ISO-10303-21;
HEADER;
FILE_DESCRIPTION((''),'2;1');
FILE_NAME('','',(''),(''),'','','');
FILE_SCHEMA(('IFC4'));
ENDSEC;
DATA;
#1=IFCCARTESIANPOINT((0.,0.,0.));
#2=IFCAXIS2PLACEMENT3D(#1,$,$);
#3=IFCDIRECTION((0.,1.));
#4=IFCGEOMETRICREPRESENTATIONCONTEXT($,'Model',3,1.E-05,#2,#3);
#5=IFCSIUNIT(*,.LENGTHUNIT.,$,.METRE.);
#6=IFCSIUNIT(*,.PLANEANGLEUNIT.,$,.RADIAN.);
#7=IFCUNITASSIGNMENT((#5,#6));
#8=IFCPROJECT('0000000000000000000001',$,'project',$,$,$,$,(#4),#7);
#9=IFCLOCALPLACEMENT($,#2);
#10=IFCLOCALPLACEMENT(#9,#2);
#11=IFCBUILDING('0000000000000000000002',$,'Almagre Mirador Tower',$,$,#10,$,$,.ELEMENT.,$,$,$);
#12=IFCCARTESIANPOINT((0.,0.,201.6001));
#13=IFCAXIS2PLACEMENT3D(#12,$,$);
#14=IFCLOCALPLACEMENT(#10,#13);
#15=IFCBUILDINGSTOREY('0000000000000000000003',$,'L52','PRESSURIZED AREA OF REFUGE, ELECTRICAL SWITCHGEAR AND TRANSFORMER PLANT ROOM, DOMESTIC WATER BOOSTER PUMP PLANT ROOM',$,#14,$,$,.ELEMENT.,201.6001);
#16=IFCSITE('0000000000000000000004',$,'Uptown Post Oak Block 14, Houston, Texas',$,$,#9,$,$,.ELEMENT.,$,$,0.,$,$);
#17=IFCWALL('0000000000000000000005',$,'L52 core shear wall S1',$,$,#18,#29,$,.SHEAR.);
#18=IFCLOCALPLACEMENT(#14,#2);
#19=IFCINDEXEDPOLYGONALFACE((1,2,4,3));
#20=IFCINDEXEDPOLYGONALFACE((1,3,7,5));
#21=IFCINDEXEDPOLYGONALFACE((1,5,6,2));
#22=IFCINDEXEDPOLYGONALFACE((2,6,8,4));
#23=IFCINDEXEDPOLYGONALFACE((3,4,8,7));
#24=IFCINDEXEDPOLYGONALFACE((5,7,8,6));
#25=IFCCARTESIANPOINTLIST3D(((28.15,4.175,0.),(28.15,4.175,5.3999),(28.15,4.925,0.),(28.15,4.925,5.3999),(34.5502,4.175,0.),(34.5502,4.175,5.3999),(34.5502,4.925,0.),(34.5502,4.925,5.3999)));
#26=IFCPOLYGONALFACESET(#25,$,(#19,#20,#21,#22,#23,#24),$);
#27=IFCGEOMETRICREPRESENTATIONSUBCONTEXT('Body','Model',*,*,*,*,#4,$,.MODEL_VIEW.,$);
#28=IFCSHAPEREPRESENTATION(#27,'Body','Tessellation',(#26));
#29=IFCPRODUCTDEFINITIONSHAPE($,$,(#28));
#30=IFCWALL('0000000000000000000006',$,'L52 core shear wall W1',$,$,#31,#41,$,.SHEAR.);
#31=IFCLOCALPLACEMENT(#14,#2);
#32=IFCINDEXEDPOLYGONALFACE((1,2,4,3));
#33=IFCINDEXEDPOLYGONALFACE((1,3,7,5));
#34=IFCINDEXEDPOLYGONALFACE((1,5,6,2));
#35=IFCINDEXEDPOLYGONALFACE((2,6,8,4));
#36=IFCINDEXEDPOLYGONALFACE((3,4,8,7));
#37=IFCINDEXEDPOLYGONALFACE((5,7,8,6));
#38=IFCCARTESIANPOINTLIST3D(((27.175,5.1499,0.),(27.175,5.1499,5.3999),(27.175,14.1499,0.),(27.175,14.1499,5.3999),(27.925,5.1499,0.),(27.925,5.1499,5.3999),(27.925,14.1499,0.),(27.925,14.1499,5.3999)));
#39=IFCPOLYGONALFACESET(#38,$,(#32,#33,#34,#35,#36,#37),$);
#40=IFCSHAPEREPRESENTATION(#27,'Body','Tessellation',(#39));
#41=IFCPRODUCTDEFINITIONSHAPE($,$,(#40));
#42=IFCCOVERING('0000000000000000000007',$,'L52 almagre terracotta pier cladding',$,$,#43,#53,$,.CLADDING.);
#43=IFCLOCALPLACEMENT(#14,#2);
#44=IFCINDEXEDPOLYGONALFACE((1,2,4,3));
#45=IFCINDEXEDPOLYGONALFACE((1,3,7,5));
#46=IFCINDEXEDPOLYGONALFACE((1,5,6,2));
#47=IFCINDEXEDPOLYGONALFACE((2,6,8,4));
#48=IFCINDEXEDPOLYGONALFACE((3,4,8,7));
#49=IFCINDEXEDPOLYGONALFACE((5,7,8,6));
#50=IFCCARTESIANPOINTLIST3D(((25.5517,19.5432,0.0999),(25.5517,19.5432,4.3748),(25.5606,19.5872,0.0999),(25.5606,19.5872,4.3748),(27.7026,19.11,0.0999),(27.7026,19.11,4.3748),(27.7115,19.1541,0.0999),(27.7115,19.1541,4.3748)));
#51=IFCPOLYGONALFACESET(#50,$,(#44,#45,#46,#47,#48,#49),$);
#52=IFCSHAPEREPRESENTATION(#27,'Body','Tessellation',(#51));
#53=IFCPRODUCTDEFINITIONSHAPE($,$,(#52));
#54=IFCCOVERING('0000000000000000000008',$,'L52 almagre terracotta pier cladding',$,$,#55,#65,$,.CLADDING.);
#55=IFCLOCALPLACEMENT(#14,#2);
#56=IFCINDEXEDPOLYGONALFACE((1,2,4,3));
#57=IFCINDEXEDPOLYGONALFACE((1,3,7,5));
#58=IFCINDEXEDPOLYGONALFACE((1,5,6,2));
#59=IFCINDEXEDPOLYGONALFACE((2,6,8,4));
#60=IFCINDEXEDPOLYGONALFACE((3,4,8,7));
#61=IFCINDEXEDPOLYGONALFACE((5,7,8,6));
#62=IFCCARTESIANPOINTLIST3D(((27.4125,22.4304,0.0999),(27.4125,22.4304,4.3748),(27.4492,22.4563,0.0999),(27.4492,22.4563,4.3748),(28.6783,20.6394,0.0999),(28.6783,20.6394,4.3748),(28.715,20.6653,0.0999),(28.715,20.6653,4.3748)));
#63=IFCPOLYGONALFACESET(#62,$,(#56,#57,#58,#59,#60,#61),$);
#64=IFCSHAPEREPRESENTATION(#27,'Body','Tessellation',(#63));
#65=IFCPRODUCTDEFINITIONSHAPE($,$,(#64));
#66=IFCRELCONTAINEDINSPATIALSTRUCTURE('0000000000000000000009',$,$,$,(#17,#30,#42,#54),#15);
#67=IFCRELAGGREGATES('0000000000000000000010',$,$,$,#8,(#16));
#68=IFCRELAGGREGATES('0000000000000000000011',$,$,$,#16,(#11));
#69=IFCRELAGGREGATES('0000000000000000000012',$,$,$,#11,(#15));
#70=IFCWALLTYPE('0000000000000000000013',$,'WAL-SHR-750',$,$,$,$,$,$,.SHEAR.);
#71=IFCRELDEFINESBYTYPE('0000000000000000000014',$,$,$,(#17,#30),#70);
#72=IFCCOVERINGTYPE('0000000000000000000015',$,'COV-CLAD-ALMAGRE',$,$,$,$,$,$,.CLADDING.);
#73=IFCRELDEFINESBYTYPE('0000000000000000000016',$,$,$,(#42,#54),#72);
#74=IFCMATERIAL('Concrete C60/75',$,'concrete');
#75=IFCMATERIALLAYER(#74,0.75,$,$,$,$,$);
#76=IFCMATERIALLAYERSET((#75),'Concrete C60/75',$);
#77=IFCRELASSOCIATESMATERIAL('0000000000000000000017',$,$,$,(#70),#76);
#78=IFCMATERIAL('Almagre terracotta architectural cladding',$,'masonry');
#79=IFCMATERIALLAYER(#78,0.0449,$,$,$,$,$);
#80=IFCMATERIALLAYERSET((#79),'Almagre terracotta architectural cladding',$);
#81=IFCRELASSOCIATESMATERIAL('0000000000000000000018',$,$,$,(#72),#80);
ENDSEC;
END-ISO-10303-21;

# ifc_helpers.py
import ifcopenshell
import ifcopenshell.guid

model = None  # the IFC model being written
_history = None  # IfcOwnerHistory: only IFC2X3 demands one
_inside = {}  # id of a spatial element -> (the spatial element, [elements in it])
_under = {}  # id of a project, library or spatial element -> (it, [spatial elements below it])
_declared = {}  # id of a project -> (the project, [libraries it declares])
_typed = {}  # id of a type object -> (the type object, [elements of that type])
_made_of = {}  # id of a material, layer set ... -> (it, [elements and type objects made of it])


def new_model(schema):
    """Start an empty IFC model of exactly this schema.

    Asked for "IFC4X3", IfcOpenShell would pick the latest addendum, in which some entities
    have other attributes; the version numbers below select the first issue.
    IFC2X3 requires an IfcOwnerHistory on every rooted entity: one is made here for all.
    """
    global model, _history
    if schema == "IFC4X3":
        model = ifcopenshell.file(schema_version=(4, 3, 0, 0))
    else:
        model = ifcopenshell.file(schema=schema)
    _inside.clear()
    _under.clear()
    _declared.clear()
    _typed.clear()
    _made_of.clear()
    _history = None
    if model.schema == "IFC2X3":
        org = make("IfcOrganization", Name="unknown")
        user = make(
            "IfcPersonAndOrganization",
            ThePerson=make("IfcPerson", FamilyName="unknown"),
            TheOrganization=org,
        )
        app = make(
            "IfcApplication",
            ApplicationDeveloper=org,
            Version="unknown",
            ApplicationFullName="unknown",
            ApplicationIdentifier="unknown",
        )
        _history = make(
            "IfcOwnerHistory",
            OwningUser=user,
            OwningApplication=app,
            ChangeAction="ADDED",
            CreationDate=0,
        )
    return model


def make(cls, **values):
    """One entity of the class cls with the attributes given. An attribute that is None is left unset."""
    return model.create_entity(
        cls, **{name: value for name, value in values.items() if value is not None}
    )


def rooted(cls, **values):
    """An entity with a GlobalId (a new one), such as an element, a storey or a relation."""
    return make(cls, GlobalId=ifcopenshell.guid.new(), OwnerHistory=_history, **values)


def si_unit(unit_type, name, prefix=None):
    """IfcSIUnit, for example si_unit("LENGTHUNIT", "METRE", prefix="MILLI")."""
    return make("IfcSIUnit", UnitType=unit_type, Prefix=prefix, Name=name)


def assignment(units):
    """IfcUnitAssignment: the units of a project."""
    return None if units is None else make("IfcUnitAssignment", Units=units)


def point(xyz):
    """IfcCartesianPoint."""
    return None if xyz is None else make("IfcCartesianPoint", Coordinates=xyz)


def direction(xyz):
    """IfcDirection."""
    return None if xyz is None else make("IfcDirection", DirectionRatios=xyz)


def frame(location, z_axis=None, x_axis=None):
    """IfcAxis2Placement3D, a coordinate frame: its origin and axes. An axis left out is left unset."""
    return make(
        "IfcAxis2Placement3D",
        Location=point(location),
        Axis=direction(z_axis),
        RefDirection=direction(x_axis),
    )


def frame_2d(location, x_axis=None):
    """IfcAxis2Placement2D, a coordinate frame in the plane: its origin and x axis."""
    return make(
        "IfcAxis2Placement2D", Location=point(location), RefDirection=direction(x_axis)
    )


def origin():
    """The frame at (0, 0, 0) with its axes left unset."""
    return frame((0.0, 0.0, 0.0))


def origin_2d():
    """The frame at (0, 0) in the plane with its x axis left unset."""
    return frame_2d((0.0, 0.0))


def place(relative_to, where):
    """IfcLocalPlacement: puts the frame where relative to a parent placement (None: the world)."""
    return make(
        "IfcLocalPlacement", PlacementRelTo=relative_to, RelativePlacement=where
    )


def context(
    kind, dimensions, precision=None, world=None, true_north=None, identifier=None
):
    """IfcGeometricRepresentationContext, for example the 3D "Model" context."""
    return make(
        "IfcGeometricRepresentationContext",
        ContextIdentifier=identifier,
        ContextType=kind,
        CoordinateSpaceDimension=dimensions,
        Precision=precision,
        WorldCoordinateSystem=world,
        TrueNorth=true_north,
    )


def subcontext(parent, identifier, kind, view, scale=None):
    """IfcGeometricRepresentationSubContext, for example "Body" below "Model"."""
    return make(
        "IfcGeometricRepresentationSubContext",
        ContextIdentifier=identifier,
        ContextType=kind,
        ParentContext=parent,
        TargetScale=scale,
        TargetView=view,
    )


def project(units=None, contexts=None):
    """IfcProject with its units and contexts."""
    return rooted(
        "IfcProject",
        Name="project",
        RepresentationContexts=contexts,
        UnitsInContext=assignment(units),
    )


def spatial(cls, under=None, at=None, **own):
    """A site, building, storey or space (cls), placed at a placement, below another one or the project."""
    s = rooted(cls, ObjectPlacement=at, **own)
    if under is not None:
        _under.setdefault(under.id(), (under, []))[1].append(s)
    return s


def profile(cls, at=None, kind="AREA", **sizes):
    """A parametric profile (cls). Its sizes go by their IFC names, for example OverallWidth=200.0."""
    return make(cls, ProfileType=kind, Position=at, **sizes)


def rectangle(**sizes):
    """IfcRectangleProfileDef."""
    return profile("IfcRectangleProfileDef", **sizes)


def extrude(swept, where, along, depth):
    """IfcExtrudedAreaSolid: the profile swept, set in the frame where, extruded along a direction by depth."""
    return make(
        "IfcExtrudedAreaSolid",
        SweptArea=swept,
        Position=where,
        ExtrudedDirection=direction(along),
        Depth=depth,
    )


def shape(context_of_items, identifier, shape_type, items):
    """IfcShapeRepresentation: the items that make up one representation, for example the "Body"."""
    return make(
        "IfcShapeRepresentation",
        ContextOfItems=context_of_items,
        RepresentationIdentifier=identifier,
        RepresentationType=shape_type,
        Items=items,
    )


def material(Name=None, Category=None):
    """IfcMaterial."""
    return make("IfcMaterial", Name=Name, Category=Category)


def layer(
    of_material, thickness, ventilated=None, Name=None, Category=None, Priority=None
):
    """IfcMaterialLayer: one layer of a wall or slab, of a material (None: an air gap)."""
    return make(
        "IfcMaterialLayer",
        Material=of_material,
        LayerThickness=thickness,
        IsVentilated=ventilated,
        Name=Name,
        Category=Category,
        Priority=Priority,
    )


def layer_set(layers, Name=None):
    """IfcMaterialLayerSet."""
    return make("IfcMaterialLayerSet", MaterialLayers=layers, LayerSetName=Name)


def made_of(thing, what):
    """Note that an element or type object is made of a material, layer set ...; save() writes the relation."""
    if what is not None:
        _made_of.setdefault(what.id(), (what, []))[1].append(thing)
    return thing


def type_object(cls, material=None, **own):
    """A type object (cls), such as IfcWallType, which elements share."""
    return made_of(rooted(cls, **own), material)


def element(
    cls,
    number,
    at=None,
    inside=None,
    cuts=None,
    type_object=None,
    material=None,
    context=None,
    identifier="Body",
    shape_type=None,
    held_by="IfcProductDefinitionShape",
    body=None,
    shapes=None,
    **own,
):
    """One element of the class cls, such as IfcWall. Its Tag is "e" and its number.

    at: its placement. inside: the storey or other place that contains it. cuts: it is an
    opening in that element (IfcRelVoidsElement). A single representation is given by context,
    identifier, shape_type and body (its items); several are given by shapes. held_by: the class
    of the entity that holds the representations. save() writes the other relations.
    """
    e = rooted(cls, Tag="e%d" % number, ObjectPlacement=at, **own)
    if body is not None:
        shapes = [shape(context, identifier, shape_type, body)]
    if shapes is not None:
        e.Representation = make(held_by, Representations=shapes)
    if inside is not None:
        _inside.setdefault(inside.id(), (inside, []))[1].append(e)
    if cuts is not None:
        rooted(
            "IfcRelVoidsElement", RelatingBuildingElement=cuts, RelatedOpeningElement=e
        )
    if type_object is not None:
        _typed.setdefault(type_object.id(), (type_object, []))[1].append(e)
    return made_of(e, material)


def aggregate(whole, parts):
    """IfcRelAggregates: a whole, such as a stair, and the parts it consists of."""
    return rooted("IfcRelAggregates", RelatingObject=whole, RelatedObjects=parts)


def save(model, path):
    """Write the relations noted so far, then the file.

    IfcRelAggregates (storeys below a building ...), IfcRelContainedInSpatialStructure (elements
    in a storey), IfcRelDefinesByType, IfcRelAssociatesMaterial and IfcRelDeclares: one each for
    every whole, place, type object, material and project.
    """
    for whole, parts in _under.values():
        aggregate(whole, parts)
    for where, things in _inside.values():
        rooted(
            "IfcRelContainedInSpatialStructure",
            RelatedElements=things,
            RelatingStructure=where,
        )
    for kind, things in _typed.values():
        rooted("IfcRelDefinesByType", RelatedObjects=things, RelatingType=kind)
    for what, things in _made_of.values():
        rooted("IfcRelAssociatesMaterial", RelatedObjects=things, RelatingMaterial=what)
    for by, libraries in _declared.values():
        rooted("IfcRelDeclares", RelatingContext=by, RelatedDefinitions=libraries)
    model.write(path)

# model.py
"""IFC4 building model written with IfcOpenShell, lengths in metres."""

from ifc_helpers import new_model, si_unit, direction, frame, frame_2d, origin, origin_2d, place, context, subcontext, project, spatial, rectangle, extrude, material, layer, layer_set, type_object, element, save


model = new_model("IFC4")

# Units and contexts
model_context = context("Model", 3, precision=1e-05, world=origin(), true_north=direction((0.0, 1.0)))
body_context = subcontext(model_context, "Body", "Model", "MODEL_VIEW")
ifc_project = project(units=[si_unit("LENGTHUNIT", "METRE"), si_unit("PLANEANGLEUNIT", "RADIAN")], contexts=[model_context])

# Site, building, storey
site_placement = place(None, origin())
site = spatial("IfcSite", under=ifc_project, at=site_placement, Name="Uptown Post Oak Block 14, Houston, Texas", CompositionType="ELEMENT", RefElevation=0.0)
building_placement = place(site_placement, origin())
building = spatial("IfcBuilding", under=site, at=building_placement, Name="Almagre Mirador Tower", CompositionType="ELEMENT")
storey_placement = place(building_placement, frame((0.0, 0.0, 201.6001)))
storey = spatial("IfcBuildingStorey", under=building, at=storey_placement, Name="L52", Description="PRESSURIZED AREA OF REFUGE, ELECTRICAL SWITCHGEAR AND TRANSFORMER PLANT ROOM, DOMESTIC WATER BOOSTER PUMP PLANT ROOM", CompositionType="ELEMENT", Elevation=201.6001)

# Wall
ifc_material_1 = material(Name="Concrete C60/75", Category="concrete")
ifc_layer_1 = layer(ifc_material_1, 0.75)
ifc_layer_set_1 = layer_set([ifc_layer_1], Name="Concrete C60/75")
wall_type_1 = type_object("IfcWallType", Name="WAL-SHR-750", PredefinedType="SHEAR", material=ifc_layer_set_1)
wall_1_placement = place(storey_placement, frame((28.1499, 4.55, 0.0), z_axis=(0.0, 0.0, 1.0), x_axis=(1.0, 0.0, 0.0)))
element("IfcWall", 1, at=wall_1_placement, inside=storey, type_object=wall_type_1, Name="L52 core shear wall S1", PredefinedType="SHEAR", context=body_context, shape_type="SweptSolid", body=[
    extrude(rectangle(XDim=6.4001, YDim=0.75, at=frame_2d((3.2002, 0.0))), origin(), (0.0, 0.0, 1.0), 5.3999),
])

# Wall
wall_2_placement = place(storey_placement, frame((27.55, 5.1499, 0.0), z_axis=(0.0, 0.0, 1.0), x_axis=(0.0, 1.0, 0.0)))
element("IfcWall", 2, at=wall_2_placement, inside=storey, type_object=wall_type_1, Name="L52 core shear wall W1", PredefinedType="SHEAR", context=body_context, shape_type="SweptSolid", body=[
    extrude(rectangle(XDim=9.0, YDim=0.75, at=frame_2d((4.5, 0.0))), origin(), (0.0, 0.0, 1.0), 5.3999),
])

# Coverings
ifc_material_2 = material(Name="Almagre terracotta architectural cladding", Category="masonry")
ifc_layer_2 = layer(ifc_material_2, 0.0449)
ifc_layer_set_2 = layer_set([ifc_layer_2], Name="Almagre terracotta architectural cladding")
covering_type = type_object("IfcCoveringType", Name="COV-CLAD-ALMAGRE", PredefinedType="CLADDING", material=ifc_layer_set_2)
covering_1_placement = place(storey_placement, frame((26.6316, 19.3486, 0.0999), z_axis=(0.0, 0.0, 1.0), x_axis=(0.980319, -0.197418, 0.0)))
element("IfcCovering", 3, at=covering_1_placement, inside=storey, type_object=covering_type, Name="L52 almagre terracotta pier cladding", PredefinedType="CLADDING", context=body_context, shape_type="SweptSolid", body=[
    extrude(rectangle(XDim=2.1941, YDim=0.0449, at=origin_2d()), origin(), (0.0, 0.0, 1.0), 4.2749),
])
covering_2_placement = place(storey_placement, frame((28.0637, 21.5479, 0.0999), z_axis=(0.0, 0.0, 1.0), x_axis=(-0.577159, 0.816631, 0.0)))
element("IfcCovering", 4, at=covering_2_placement, inside=storey, type_object=covering_type, Name="L52 almagre terracotta pier cladding", PredefinedType="CLADDING", context=body_context, shape_type="SweptSolid", body=[
    extrude(rectangle(XDim=2.1931, YDim=0.0449, at=origin_2d()), origin(), (0.0, 0.0, 1.0), 4.2749),
])

save(model, "model.ifc")
